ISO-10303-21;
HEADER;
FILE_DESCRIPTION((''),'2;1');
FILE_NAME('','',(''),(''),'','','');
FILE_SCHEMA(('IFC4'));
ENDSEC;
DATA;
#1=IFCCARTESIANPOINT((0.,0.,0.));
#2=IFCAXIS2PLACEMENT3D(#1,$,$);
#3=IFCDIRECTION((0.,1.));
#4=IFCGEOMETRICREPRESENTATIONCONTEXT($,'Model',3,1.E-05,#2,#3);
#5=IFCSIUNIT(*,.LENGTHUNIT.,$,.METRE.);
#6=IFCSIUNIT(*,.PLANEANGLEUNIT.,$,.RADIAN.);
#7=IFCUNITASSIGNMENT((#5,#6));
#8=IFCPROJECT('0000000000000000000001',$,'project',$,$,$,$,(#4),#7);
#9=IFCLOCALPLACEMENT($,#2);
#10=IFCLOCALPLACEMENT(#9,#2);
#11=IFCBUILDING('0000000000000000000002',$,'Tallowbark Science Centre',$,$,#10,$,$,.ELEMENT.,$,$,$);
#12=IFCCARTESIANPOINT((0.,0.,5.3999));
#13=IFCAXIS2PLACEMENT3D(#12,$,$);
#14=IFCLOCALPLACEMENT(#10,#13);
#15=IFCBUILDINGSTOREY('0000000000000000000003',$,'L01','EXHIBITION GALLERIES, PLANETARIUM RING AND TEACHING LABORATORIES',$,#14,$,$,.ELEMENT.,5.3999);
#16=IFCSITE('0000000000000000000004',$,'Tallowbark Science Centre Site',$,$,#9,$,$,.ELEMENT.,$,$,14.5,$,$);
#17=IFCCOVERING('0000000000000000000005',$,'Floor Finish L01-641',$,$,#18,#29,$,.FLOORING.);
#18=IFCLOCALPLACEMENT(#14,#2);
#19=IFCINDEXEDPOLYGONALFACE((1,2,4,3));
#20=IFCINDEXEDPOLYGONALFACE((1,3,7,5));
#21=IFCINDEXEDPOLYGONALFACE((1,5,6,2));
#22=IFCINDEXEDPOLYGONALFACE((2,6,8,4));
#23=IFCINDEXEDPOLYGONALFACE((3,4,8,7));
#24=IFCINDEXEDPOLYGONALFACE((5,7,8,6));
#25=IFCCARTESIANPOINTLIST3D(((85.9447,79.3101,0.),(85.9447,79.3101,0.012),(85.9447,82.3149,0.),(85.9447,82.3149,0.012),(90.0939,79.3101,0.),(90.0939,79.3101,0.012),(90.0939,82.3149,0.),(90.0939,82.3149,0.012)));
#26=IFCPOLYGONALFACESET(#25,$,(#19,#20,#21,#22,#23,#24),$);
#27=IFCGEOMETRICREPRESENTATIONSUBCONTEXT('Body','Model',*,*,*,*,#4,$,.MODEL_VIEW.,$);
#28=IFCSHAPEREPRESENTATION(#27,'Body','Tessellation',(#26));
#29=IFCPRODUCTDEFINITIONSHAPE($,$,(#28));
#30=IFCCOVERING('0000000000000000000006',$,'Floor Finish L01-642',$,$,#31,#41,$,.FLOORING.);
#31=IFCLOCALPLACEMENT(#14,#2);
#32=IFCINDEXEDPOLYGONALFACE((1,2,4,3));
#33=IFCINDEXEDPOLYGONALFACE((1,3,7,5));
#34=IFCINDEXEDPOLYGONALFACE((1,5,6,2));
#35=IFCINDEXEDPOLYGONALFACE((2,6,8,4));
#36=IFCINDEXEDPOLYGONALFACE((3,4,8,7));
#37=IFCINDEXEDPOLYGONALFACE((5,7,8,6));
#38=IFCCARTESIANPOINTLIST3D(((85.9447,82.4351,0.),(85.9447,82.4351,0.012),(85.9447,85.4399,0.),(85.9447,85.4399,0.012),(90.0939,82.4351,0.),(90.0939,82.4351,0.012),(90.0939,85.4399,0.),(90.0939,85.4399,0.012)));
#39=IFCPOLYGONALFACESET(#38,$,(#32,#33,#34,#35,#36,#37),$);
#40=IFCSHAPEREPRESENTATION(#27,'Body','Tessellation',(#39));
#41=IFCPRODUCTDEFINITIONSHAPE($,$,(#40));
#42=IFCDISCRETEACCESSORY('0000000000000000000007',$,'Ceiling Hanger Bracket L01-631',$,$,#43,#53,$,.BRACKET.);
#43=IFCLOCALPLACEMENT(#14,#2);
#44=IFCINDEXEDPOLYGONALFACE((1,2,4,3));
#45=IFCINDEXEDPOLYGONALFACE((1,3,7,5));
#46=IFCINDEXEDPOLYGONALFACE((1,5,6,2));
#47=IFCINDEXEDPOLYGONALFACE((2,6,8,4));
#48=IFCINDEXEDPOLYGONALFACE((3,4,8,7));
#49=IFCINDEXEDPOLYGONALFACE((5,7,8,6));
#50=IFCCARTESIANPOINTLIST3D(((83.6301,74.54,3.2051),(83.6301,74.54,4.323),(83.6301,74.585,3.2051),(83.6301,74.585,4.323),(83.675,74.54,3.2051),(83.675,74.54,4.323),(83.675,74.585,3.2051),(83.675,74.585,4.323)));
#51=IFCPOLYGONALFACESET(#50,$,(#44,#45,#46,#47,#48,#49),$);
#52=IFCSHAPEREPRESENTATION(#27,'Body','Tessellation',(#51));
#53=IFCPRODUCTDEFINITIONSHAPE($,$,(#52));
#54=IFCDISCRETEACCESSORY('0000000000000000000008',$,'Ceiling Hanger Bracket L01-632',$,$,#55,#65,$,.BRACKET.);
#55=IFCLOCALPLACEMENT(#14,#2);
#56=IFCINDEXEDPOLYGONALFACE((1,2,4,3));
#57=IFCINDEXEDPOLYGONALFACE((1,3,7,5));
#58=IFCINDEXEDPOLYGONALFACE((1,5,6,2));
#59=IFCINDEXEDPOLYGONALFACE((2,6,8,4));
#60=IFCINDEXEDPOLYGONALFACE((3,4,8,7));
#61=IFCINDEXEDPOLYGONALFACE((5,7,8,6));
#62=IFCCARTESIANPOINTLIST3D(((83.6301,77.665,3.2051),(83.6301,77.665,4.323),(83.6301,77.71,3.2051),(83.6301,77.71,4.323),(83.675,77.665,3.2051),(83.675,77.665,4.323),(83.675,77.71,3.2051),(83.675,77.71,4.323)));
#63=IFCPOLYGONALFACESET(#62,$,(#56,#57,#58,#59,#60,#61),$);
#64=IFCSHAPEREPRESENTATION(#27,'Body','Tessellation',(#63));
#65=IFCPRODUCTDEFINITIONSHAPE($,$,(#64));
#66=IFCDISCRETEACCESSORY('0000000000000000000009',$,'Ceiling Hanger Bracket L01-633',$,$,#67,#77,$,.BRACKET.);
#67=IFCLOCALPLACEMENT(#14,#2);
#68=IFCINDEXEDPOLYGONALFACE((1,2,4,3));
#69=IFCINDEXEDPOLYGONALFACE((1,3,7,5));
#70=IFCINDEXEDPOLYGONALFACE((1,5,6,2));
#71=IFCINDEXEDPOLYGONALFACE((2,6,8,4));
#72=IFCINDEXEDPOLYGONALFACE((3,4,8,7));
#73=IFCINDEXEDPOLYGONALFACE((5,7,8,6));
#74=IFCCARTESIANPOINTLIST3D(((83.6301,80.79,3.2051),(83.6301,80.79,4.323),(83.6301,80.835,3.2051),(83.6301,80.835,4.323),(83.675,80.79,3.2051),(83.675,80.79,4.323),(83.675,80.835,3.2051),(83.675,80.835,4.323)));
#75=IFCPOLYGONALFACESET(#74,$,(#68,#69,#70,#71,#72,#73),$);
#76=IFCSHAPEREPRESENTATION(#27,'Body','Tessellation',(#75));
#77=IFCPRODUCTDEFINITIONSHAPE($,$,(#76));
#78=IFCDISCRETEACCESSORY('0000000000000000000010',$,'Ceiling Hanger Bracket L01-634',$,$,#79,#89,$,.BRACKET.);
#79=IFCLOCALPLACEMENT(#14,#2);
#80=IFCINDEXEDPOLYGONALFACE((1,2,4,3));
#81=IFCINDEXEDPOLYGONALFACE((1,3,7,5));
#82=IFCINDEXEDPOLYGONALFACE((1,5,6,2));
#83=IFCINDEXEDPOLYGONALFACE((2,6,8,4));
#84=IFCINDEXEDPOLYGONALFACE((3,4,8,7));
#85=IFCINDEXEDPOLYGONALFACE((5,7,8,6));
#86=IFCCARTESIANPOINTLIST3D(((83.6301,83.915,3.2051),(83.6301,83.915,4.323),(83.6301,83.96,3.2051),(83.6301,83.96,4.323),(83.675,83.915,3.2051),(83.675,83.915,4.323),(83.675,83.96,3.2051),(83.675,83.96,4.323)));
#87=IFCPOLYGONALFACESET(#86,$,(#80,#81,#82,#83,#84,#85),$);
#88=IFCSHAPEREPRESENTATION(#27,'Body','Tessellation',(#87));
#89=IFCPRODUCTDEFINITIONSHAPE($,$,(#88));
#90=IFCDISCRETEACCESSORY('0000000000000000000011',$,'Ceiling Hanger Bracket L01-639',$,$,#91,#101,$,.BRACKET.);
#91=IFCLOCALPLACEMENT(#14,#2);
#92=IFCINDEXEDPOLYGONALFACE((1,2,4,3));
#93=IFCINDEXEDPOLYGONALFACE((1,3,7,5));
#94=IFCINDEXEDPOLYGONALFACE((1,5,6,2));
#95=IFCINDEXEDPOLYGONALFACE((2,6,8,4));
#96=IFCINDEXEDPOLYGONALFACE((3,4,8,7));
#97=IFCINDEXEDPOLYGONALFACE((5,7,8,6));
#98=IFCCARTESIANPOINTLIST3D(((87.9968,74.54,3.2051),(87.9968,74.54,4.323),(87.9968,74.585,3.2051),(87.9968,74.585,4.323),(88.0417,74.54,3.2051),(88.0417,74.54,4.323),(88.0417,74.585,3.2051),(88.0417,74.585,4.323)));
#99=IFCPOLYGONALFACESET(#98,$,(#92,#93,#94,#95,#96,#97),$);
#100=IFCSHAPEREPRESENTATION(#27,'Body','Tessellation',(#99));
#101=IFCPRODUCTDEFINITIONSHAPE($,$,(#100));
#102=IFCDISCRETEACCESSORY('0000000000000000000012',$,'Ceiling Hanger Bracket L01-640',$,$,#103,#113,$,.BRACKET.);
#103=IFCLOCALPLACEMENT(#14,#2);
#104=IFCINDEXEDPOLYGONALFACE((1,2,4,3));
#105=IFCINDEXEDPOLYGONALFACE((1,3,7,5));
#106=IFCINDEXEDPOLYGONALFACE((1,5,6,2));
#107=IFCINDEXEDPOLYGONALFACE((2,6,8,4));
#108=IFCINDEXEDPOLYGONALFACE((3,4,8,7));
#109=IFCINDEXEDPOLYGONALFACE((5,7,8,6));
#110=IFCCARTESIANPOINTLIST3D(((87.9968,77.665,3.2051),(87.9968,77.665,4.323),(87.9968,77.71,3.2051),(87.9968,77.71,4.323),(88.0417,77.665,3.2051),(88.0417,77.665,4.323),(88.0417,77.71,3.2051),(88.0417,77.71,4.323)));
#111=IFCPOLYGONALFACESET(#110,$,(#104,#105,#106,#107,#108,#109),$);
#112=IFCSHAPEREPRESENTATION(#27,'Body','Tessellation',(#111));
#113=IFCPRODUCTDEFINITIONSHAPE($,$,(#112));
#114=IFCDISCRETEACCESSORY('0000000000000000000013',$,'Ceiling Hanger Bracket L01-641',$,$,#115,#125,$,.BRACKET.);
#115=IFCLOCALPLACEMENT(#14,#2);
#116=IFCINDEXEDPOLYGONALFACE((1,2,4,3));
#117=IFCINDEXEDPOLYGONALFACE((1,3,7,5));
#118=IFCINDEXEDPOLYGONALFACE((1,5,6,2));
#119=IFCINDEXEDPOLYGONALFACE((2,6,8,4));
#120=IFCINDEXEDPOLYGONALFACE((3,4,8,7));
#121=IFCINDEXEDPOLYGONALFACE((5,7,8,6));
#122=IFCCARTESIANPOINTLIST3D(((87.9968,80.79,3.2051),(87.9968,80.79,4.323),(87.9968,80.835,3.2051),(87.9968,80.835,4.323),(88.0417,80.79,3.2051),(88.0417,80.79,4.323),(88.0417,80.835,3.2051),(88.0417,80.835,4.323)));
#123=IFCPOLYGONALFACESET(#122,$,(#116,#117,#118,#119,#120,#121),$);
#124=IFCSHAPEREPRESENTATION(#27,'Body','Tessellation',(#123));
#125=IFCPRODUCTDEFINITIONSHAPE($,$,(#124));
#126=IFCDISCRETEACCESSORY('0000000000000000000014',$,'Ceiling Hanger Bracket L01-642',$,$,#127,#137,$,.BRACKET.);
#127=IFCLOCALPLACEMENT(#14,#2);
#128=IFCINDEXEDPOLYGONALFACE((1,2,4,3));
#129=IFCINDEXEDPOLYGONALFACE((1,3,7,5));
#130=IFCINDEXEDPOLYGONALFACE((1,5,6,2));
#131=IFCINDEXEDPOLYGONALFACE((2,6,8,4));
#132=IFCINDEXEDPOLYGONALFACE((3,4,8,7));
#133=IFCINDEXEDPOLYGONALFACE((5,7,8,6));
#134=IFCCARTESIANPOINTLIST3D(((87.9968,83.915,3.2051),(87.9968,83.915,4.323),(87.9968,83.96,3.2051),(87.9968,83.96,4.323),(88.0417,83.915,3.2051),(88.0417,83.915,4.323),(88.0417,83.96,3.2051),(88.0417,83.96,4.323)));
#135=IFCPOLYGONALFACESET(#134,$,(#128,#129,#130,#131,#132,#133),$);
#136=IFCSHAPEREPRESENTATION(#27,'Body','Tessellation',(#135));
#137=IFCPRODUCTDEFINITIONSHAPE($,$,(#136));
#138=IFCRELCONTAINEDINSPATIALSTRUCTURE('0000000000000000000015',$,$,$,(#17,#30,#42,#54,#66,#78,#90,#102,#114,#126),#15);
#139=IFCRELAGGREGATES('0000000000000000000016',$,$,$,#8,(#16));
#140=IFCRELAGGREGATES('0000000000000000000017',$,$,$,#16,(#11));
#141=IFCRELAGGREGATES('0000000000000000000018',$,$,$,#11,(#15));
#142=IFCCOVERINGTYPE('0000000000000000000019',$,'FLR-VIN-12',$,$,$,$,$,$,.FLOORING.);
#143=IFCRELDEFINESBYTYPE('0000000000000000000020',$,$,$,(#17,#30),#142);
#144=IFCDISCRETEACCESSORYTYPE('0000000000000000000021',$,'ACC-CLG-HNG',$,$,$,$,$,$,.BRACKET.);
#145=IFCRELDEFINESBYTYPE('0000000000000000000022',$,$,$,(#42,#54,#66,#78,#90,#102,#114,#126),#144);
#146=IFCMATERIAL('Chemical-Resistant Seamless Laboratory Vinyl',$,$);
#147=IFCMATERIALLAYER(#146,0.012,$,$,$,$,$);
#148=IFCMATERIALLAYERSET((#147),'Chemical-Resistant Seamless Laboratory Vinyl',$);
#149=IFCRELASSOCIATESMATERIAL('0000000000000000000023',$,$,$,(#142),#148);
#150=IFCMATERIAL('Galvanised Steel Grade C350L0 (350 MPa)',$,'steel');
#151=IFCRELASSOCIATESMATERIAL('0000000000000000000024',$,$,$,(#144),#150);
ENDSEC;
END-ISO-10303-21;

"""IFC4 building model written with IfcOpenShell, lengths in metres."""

from ifc_helpers import new_model, si_unit, direction, frame, origin, origin_2d, place, context, subcontext, project, spatial, rectangle, extrude, material, layer, layer_set, type_object, element, save


model = new_model("IFC4")

# Units and contexts
model_context = context("Model", 3, precision=1e-05, world=origin(), true_north=direction((0.0, 1.0)))
body_context = subcontext(model_context, "Body", "Model", "MODEL_VIEW")
ifc_project = project(units=[si_unit("LENGTHUNIT", "METRE"), si_unit("PLANEANGLEUNIT", "RADIAN")], contexts=[model_context])

# Site, building, storey
site_placement = place(None, origin())
site = spatial("IfcSite", under=ifc_project, at=site_placement, Name="Tallowbark Science Centre Site", CompositionType="ELEMENT", RefElevation=14.5)
building_placement = place(site_placement, origin())
building = spatial("IfcBuilding", under=site, at=building_placement, Name="Tallowbark Science Centre", CompositionType="ELEMENT")
storey_placement = place(building_placement, frame((0.0, 0.0, 5.3999)))
storey = spatial("IfcBuildingStorey", under=building, at=storey_placement, Name="L01", Description="EXHIBITION GALLERIES, PLANETARIUM RING AND TEACHING LABORATORIES", CompositionType="ELEMENT", Elevation=5.3999)

# Coverings
ifc_material_1 = material(Name="Chemical-Resistant Seamless Laboratory Vinyl")
ifc_layer_1 = layer(ifc_material_1, 0.012)
ifc_layer_set_1 = layer_set([ifc_layer_1], Name="Chemical-Resistant Seamless Laboratory Vinyl")
covering_type_1 = type_object("IfcCoveringType", Name="FLR-VIN-12", PredefinedType="FLOORING", material=ifc_layer_set_1)
for number, where, z_axis, x_axis, name in (
    (1, (88.0193, 80.8125, 0.0), (0.0, 0.0, 1.0), (1.0, 0.0, 0.0), "Floor Finish L01-641"),
    (2, (88.0193, 83.9375, 0.0), (0.0, 0.0, 1.0), (1.0, 0.0, 0.0), "Floor Finish L01-642"),
):
    element("IfcCovering", number, at=place(storey_placement, frame(where, z_axis=z_axis, x_axis=x_axis)), inside=storey, type_object=covering_type_1, Name=name, PredefinedType="FLOORING", context=body_context, shape_type="SweptSolid", body=[
        extrude(rectangle(XDim=4.1492, YDim=3.0049, at=origin_2d()), origin(), (0.0, 0.0, 1.0), 0.012),
    ])

# Discrete accessories
ifc_material_2 = material(Name="Galvanised Steel Grade C350L0 (350 MPa)", Category="steel")
discrete_accessory_type = type_object("IfcDiscreteAccessoryType", Name="ACC-CLG-HNG", PredefinedType="BRACKET", material=ifc_material_2)
for number, where, z_axis, x_axis, name in (
    (3, (83.6526, 74.5625, 3.2051), (0.0, 0.0, 1.0), (1.0, 0.0, 0.0), "Ceiling Hanger Bracket L01-631"),
    (4, (83.6526, 77.6875, 3.2051), (0.0, 0.0, 1.0), (1.0, 0.0, 0.0), "Ceiling Hanger Bracket L01-632"),
    (5, (83.6526, 80.8125, 3.2051), (0.0, 0.0, 1.0), (1.0, 0.0, 0.0), "Ceiling Hanger Bracket L01-633"),
    (6, (83.6526, 83.9375, 3.2051), (0.0, 0.0, 1.0), (1.0, 0.0, 0.0), "Ceiling Hanger Bracket L01-634"),
    (7, (88.0193, 74.5625, 3.2051), (0.0, 0.0, 1.0), (1.0, 0.0, 0.0), "Ceiling Hanger Bracket L01-639"),
    (8, (88.0193, 77.6875, 3.2051), (0.0, 0.0, 1.0), (1.0, 0.0, 0.0), "Ceiling Hanger Bracket L01-640"),
    (9, (88.0193, 80.8125, 3.2051), (0.0, 0.0, 1.0), (1.0, 0.0, 0.0), "Ceiling Hanger Bracket L01-641"),
    (10, (88.0193, 83.9375, 3.2051), (0.0, 0.0, 1.0), (1.0, 0.0, 0.0), "Ceiling Hanger Bracket L01-642"),
):
    element("IfcDiscreteAccessory", number, at=place(storey_placement, frame(where, z_axis=z_axis, x_axis=x_axis)), inside=storey, type_object=discrete_accessory_type, Name=name, PredefinedType="BRACKET", context=body_context, shape_type="SweptSolid", body=[
        extrude(rectangle(XDim=0.0449, YDim=0.0449, at=origin_2d()), origin(), (0.0, 0.0, 1.0), 1.1179),
    ])

save(model, "model.ifc")
